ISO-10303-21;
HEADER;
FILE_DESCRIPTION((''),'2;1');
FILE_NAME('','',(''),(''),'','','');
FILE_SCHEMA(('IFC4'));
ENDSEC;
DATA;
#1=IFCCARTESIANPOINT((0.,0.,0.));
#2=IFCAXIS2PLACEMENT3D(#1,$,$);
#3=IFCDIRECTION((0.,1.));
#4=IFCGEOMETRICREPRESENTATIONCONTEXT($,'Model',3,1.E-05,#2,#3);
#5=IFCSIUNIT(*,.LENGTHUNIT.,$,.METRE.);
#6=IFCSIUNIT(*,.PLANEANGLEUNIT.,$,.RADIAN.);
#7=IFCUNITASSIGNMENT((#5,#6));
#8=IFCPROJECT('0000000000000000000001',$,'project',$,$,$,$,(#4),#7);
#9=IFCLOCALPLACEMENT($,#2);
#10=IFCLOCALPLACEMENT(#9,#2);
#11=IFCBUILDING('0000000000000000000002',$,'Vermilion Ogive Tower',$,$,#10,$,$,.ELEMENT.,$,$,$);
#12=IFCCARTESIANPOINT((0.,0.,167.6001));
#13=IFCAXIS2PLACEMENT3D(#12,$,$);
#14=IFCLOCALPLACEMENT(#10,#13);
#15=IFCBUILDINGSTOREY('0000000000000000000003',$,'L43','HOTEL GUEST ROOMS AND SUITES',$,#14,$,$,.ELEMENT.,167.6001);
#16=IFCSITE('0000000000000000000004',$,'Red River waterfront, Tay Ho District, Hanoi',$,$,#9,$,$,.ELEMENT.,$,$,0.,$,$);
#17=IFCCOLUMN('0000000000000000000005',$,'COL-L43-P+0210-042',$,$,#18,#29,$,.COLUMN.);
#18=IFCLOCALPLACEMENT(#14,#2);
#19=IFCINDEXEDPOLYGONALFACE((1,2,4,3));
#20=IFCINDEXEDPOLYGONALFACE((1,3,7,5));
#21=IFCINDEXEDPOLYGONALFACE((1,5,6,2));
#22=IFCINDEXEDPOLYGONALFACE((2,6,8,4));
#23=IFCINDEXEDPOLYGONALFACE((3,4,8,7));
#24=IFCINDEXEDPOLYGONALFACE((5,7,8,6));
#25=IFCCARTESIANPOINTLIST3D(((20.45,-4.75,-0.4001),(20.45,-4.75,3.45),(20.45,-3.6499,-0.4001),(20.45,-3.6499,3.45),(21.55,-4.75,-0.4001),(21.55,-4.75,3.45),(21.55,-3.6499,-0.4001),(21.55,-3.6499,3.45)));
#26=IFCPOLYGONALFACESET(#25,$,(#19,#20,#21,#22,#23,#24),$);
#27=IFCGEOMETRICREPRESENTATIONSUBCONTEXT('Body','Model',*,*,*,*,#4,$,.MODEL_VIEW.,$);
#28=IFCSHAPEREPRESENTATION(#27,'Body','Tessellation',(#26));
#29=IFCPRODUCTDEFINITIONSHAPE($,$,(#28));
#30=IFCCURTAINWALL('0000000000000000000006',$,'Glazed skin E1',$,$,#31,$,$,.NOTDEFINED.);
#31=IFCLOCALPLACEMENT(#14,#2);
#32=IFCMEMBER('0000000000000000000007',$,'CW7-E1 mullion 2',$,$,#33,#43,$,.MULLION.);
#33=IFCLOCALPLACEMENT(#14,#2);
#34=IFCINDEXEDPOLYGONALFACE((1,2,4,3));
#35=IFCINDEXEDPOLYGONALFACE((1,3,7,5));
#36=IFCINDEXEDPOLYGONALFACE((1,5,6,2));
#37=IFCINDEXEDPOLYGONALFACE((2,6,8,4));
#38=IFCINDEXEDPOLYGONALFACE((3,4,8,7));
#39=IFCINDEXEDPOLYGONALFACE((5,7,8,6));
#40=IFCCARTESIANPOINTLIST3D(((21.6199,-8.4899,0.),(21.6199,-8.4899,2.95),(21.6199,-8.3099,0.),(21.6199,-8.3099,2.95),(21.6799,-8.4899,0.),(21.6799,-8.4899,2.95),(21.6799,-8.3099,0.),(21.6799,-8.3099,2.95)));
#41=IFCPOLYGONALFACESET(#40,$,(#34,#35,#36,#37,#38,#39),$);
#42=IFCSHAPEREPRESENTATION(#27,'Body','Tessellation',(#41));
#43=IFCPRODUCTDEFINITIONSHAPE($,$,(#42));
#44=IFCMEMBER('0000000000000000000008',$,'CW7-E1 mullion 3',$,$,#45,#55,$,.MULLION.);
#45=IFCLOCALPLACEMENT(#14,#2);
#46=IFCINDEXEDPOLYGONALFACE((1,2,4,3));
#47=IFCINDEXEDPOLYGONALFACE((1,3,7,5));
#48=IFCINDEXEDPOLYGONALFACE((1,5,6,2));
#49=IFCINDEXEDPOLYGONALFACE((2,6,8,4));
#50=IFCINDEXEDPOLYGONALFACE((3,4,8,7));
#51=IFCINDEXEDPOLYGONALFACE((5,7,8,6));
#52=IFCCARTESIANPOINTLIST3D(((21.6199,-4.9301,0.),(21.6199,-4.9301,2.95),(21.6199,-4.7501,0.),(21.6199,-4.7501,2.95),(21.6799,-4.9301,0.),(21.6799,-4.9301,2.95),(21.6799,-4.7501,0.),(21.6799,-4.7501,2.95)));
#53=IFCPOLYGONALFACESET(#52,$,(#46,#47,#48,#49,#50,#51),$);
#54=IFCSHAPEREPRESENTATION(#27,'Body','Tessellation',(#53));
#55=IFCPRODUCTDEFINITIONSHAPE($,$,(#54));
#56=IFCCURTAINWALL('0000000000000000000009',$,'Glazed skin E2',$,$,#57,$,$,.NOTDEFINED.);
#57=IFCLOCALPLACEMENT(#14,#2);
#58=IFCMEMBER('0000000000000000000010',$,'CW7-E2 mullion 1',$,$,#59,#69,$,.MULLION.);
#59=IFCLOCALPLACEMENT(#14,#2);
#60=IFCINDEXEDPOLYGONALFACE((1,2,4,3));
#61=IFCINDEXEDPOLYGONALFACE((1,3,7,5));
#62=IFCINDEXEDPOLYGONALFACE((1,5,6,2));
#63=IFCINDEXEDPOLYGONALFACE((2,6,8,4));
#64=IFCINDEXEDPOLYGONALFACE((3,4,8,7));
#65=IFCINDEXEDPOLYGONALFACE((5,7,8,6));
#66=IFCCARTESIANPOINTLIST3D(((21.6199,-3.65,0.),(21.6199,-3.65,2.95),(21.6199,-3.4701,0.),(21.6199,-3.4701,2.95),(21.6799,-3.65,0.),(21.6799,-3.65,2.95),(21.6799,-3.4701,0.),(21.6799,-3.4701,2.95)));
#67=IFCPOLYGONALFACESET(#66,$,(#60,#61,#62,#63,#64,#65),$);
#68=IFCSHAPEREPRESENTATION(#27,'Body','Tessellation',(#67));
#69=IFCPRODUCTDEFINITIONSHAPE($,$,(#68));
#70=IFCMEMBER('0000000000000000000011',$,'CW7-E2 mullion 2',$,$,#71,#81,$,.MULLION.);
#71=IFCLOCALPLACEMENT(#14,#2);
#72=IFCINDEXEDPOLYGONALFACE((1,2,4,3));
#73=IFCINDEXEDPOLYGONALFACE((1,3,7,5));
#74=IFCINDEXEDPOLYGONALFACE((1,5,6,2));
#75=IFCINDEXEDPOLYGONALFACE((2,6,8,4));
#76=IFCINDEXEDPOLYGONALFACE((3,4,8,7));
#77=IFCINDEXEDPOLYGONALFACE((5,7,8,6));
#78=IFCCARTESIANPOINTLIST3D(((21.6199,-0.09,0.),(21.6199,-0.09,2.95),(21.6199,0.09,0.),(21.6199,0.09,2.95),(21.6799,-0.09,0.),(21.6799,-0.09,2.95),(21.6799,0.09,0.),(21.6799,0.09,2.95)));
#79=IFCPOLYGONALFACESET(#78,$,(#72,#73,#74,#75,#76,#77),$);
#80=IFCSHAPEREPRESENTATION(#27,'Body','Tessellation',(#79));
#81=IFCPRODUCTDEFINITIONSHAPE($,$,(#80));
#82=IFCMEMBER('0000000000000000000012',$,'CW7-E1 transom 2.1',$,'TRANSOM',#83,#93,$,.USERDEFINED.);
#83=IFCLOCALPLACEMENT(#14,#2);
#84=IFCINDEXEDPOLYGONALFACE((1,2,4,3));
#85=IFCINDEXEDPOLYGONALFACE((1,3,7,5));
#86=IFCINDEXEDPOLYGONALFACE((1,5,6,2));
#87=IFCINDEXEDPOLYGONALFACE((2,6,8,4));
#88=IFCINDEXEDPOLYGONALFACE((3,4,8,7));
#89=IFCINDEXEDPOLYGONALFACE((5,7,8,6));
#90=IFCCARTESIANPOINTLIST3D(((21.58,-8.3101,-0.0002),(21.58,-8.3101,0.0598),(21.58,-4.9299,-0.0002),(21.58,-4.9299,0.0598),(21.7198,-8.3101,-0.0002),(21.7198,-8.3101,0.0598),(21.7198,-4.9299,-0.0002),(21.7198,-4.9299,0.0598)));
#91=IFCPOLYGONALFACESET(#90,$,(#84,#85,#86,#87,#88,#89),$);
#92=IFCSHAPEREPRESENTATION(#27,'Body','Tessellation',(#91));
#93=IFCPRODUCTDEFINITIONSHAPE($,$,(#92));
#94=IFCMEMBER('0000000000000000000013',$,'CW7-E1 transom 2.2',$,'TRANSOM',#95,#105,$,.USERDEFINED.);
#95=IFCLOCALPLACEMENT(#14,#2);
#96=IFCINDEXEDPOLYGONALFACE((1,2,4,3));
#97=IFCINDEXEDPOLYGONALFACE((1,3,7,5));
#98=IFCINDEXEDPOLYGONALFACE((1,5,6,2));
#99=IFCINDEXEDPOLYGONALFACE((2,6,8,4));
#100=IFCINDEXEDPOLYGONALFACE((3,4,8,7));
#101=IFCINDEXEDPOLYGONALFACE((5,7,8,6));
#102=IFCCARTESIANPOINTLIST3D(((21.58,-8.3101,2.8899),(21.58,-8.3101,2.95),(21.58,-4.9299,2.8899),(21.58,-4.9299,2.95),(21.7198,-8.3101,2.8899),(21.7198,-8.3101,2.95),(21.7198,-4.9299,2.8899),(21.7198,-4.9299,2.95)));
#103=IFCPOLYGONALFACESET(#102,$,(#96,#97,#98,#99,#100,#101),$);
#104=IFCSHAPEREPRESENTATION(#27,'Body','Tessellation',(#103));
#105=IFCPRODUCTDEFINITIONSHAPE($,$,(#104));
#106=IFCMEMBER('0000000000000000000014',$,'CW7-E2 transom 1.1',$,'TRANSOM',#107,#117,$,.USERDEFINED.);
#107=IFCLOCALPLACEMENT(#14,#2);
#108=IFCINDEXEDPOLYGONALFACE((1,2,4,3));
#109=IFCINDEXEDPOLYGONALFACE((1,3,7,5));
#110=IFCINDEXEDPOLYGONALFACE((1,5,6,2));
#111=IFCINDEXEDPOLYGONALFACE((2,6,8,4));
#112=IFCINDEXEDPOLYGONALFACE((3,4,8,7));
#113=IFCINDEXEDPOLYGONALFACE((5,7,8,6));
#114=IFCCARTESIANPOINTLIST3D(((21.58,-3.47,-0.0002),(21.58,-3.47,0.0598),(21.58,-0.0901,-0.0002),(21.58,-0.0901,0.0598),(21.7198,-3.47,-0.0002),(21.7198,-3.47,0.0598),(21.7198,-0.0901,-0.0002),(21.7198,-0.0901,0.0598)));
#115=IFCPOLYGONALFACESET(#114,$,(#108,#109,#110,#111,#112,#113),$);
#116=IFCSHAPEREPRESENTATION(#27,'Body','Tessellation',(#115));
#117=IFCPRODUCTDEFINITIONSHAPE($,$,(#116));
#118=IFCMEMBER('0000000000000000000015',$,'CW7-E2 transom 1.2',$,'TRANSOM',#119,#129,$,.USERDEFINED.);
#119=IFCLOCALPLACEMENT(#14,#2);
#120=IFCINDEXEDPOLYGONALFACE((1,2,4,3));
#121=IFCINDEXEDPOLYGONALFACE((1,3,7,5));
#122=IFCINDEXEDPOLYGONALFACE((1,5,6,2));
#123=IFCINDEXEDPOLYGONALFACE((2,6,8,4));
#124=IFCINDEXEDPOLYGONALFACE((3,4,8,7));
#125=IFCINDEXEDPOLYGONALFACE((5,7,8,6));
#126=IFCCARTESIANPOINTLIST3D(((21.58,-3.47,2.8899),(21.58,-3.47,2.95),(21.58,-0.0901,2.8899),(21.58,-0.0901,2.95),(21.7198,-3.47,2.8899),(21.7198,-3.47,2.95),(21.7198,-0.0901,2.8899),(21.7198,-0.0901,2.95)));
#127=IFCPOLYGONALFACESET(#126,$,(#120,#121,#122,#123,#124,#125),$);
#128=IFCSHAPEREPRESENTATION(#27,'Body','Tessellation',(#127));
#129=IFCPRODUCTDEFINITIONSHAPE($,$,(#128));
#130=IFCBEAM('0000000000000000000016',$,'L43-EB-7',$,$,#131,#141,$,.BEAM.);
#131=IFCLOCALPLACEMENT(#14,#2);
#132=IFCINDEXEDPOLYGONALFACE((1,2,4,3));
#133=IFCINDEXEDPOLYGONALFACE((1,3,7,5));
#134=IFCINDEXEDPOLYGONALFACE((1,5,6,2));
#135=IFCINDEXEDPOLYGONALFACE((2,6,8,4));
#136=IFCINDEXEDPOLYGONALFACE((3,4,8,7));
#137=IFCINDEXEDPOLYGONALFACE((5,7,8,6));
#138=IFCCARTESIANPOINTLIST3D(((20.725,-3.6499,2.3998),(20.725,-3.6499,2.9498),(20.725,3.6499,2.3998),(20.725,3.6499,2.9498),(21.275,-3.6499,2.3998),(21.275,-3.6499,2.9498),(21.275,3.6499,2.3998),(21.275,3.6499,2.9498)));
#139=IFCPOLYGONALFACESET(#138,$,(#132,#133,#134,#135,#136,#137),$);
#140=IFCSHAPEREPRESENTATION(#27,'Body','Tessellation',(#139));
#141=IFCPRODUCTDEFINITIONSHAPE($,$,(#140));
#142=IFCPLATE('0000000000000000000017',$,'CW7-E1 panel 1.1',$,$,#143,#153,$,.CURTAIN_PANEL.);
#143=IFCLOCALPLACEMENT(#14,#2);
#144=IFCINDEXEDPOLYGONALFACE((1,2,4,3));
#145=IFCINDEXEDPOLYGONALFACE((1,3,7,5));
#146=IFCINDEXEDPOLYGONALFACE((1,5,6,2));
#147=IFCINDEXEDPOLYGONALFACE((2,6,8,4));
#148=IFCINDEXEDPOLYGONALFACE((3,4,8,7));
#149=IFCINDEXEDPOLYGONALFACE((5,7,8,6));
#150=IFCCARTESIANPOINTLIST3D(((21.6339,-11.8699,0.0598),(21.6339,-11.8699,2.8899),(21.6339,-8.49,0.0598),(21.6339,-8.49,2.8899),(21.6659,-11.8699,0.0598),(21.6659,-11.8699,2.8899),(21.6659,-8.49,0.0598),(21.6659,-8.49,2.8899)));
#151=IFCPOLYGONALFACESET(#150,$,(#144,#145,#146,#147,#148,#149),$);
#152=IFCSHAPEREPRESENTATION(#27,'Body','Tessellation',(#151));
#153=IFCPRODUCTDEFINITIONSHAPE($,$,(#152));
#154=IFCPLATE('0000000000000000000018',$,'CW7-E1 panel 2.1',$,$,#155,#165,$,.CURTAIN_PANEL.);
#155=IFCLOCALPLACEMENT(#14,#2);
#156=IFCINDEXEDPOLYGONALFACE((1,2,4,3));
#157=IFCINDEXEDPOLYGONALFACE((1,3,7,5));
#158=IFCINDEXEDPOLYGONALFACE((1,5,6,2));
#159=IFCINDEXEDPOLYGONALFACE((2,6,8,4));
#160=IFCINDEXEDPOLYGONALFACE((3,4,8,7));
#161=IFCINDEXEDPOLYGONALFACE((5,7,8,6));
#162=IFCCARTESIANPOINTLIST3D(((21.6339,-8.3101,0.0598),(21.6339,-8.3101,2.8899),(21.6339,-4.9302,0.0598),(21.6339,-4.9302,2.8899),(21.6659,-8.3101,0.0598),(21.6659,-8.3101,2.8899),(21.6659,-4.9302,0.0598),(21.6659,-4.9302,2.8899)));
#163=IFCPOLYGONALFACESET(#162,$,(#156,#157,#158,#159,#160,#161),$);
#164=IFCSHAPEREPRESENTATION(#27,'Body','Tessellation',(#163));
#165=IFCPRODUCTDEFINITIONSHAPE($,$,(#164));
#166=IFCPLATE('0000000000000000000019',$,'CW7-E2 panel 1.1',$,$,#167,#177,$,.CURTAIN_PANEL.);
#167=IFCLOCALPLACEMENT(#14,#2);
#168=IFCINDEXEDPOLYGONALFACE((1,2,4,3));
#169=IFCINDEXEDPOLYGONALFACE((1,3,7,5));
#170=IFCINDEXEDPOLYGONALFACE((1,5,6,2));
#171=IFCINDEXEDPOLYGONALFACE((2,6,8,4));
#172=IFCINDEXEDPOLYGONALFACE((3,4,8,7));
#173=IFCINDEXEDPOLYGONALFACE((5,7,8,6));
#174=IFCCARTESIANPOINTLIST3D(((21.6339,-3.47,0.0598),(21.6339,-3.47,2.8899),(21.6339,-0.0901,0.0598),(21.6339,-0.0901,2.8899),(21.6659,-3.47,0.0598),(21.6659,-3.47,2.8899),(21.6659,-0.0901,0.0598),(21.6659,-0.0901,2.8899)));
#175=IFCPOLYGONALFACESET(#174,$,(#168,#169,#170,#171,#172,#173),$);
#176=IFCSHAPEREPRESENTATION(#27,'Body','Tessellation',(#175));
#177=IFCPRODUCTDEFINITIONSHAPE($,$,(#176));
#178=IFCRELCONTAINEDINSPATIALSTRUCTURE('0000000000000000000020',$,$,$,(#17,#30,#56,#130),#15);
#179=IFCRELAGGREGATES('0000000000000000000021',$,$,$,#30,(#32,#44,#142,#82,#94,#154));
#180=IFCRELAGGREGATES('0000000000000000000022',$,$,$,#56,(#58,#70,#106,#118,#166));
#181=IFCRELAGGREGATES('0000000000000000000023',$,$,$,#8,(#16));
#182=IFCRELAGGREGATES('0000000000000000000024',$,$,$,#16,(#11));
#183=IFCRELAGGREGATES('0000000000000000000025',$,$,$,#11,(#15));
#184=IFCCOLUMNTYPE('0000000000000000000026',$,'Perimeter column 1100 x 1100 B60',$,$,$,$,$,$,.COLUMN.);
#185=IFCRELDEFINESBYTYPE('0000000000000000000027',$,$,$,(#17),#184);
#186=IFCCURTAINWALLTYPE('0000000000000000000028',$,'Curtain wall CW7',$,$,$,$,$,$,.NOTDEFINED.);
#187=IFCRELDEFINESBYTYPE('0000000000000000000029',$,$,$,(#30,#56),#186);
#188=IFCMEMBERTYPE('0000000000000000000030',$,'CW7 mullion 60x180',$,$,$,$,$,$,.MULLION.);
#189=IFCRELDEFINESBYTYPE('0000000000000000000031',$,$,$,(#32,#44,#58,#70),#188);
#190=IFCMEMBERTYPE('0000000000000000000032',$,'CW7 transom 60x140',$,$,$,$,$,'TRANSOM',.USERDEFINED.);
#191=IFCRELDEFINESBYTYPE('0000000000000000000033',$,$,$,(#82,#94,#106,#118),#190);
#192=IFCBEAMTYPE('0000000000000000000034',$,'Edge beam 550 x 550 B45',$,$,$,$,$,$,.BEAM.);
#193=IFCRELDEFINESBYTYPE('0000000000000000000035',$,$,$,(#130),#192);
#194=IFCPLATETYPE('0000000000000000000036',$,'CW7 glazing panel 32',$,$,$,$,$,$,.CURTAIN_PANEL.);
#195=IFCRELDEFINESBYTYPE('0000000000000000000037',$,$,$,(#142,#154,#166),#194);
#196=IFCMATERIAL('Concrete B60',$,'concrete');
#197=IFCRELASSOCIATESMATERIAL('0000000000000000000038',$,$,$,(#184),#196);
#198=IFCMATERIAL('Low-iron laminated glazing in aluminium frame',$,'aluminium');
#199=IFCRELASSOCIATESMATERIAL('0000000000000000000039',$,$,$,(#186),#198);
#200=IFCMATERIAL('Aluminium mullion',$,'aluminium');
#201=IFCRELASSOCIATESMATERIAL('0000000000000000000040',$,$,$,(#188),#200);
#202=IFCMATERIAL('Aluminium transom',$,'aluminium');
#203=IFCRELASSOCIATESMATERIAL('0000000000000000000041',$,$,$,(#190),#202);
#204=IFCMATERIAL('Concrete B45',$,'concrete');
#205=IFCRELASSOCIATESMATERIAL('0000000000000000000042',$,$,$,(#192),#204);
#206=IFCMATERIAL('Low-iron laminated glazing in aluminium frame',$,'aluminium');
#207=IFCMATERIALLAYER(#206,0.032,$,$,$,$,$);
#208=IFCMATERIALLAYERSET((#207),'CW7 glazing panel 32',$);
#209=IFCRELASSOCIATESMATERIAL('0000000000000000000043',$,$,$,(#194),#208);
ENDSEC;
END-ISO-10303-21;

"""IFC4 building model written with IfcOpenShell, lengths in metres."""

from ifc_helpers import new_model, si_unit, direction, frame, origin, origin_2d, place, context, subcontext, project, spatial, rectangle, extrude, material, layer, layer_set, material_profile, profile_set, type_object, element, aggregate, save


model = new_model("IFC4")

# Units and contexts
model_context = context("Model", 3, precision=1e-05, world=origin(), true_north=direction((0.0, 1.0)))
body_context = subcontext(model_context, "Body", "Model", "MODEL_VIEW")
ifc_project = project(units=[si_unit("LENGTHUNIT", "METRE"), si_unit("PLANEANGLEUNIT", "RADIAN")], contexts=[model_context])

# Site, building, storey
site_placement = place(None, origin())
site = spatial("IfcSite", under=ifc_project, at=site_placement, Name="Red River waterfront, Tay Ho District, Hanoi", CompositionType="ELEMENT", RefElevation=0.0)
building_placement = place(site_placement, origin())
building = spatial("IfcBuilding", under=site, at=building_placement, Name="Vermilion Ogive Tower", CompositionType="ELEMENT")
storey_placement = place(building_placement, frame((0.0, 0.0, 167.6001)))
storey = spatial("IfcBuildingStorey", under=building, at=storey_placement, Name="L43", Description="HOTEL GUEST ROOMS AND SUITES", CompositionType="ELEMENT", Elevation=167.6001)

# Column
ifc_material_1 = material(Name="Concrete B60", Category="concrete")
ifc_material_profile_1 = material_profile(ifc_material_1, rectangle(XDim=1.1001, YDim=1.1001, at=origin_2d()), Name="1100 x 1100")
ifc_profile_set_1 = profile_set([ifc_material_profile_1], Name="Concrete B60")
column_type = type_object("IfcColumnType", Name="Perimeter column 1100 x 1100 B60", PredefinedType="COLUMN", material=ifc_profile_set_1)
column_placement = place(storey_placement, frame((21.0, -4.2, -0.4001), z_axis=(0.0, 0.0, 1.0), x_axis=(1.0, 0.0, 0.0)))
element("IfcColumn", 1, at=column_placement, inside=storey, type_object=column_type, Name="COL-L43-P+0210-042", PredefinedType="COLUMN", context=body_context, shape_type="SweptSolid", body=[
    extrude(rectangle(XDim=1.1001, YDim=1.1001, at=origin_2d()), origin(), (0.0, 0.0, 1.0), 3.8501),
])

# Curtain walls, members
ifc_material_2 = material(Name="Low-iron laminated glazing in aluminium frame", Category="aluminium")
curtain_wall_type = type_object("IfcCurtainWallType", Name="Curtain wall CW7", PredefinedType="NOTDEFINED", material=ifc_material_2)
curtain_wall_1_placement = place(storey_placement, origin())
curtain_wall_1 = element("IfcCurtainWall", 2, at=curtain_wall_1_placement, inside=storey, type_object=curtain_wall_type, Name="Glazed skin E1", PredefinedType="NOTDEFINED")
ifc_material_3 = material(Name="Aluminium mullion", Category="aluminium")
ifc_material_profile_2 = material_profile(ifc_material_3, rectangle(XDim=0.0601, YDim=0.1799, at=origin_2d()), Name="AL 60x180")
ifc_profile_set_2 = profile_set([ifc_material_profile_2], Name="Aluminium mullion")
member_type_1 = type_object("IfcMemberType", Name="CW7 mullion 60x180", PredefinedType="MULLION", material=ifc_profile_set_2)
member_1_placement = place(storey_placement, frame((21.6499, -8.3999, 0.0), z_axis=(0.0, 0.0, 1.0), x_axis=(-1.0, 0.0, 0.0)))
member_1 = element("IfcMember", 3, at=member_1_placement, type_object=member_type_1, Name="CW7-E1 mullion 2", PredefinedType="MULLION", context=body_context, shape_type="SweptSolid", body=[
    extrude(rectangle(XDim=0.0601, YDim=0.1799, at=origin_2d()), origin(), (0.0, 0.0, 1.0), 2.95),
])
member_2_placement = place(storey_placement, frame((21.6499, -4.8401, 0.0), z_axis=(0.0, 0.0, 1.0), x_axis=(-1.0, 0.0, 0.0)))
member_2 = element("IfcMember", 4, at=member_2_placement, type_object=member_type_1, Name="CW7-E1 mullion 3", PredefinedType="MULLION", context=body_context, shape_type="SweptSolid", body=[
    extrude(rectangle(XDim=0.0601, YDim=0.1799, at=origin_2d()), origin(), (0.0, 0.0, 1.0), 2.95),
])
curtain_wall_2_placement = place(storey_placement, origin())
curtain_wall_2 = element("IfcCurtainWall", 5, at=curtain_wall_2_placement, inside=storey, type_object=curtain_wall_type, Name="Glazed skin E2", PredefinedType="NOTDEFINED")
member_3_placement = place(storey_placement, frame((21.6499, -3.5601, 0.0), z_axis=(0.0, 0.0, 1.0), x_axis=(-1.0, 0.0, 0.0)))
member_3 = element("IfcMember", 6, at=member_3_placement, type_object=member_type_1, Name="CW7-E2 mullion 1", PredefinedType="MULLION", context=body_context, shape_type="SweptSolid", body=[
    extrude(rectangle(XDim=0.0601, YDim=0.1799, at=origin_2d()), origin(), (0.0, 0.0, 1.0), 2.95),
])
member_4_placement = place(storey_placement, frame((21.6499, 0.0, 0.0), z_axis=(0.0, 0.0, 1.0), x_axis=(-1.0, 0.0, 0.0)))
member_4 = element("IfcMember", 7, at=member_4_placement, type_object=member_type_1, Name="CW7-E2 mullion 2", PredefinedType="MULLION", context=body_context, shape_type="SweptSolid", body=[
    extrude(rectangle(XDim=0.0601, YDim=0.1799, at=origin_2d()), origin(), (0.0, 0.0, 1.0), 2.95),
])

# Members
ifc_material_4 = material(Name="Aluminium transom", Category="aluminium")
ifc_material_profile_3 = material_profile(ifc_material_4, rectangle(XDim=0.1399, YDim=0.0601, at=origin_2d()), Name="AL 60x140")
ifc_profile_set_3 = profile_set([ifc_material_profile_3], Name="Aluminium transom")
member_type_2 = type_object("IfcMemberType", Name="CW7 transom 60x140", ElementType="TRANSOM", PredefinedType="USERDEFINED", material=ifc_profile_set_3)
member_5_placement = place(storey_placement, frame((21.6499, -8.3101, 0.0298), z_axis=(0.0, 1.0, 0.0), x_axis=(-1.0, 0.0, 0.0)))
member_5 = element("IfcMember", 8, at=member_5_placement, type_object=member_type_2, Name="CW7-E1 transom 2.1", ObjectType="TRANSOM", PredefinedType="USERDEFINED", context=body_context, shape_type="SweptSolid", body=[
    extrude(rectangle(XDim=0.1399, YDim=0.0601, at=origin_2d()), origin(), (0.0, 0.0, 1.0), 3.3801),
])
member_6_placement = place(storey_placement, frame((21.6499, -8.3101, 2.9199), z_axis=(0.0, 1.0, 0.0), x_axis=(-1.0, 0.0, 0.0)))
member_6 = element("IfcMember", 9, at=member_6_placement, type_object=member_type_2, Name="CW7-E1 transom 2.2", ObjectType="TRANSOM", PredefinedType="USERDEFINED", context=body_context, shape_type="SweptSolid", body=[
    extrude(rectangle(XDim=0.1399, YDim=0.0601, at=origin_2d()), origin(), (0.0, 0.0, 1.0), 3.3801),
])
member_7_placement = place(storey_placement, frame((21.6499, -3.47, 0.0298), z_axis=(0.0, 1.0, 0.0), x_axis=(-1.0, 0.0, 0.0)))
member_7 = element("IfcMember", 10, at=member_7_placement, type_object=member_type_2, Name="CW7-E2 transom 1.1", ObjectType="TRANSOM", PredefinedType="USERDEFINED", context=body_context, shape_type="SweptSolid", body=[
    extrude(rectangle(XDim=0.1399, YDim=0.0601, at=origin_2d()), origin(), (0.0, 0.0, 1.0), 3.3799),
])
member_8_placement = place(storey_placement, frame((21.6499, -3.47, 2.9199), z_axis=(0.0, 1.0, 0.0), x_axis=(-1.0, 0.0, 0.0)))
member_8 = element("IfcMember", 11, at=member_8_placement, type_object=member_type_2, Name="CW7-E2 transom 1.2", ObjectType="TRANSOM", PredefinedType="USERDEFINED", context=body_context, shape_type="SweptSolid", body=[
    extrude(rectangle(XDim=0.1399, YDim=0.0601, at=origin_2d()), origin(), (0.0, 0.0, 1.0), 3.3799),
])

# Beam
ifc_material_5 = material(Name="Concrete B45", Category="concrete")
ifc_material_profile_4 = material_profile(ifc_material_5, rectangle(XDim=0.55, YDim=0.55, at=origin_2d()), Name="550 x 550")
ifc_profile_set_4 = profile_set([ifc_material_profile_4], Name="Concrete B45")
beam_type = type_object("IfcBeamType", Name="Edge beam 550 x 550 B45", PredefinedType="BEAM", material=ifc_profile_set_4)
beam_placement = place(storey_placement, frame((21.0, -3.6499, 2.6748), z_axis=(0.0, 1.0, 0.0), x_axis=(-1.0, 0.0, 0.0)))
element("IfcBeam", 12, at=beam_placement, inside=storey, type_object=beam_type, Name="L43-EB-7", PredefinedType="BEAM", context=body_context, shape_type="SweptSolid", body=[
    extrude(rectangle(XDim=0.55, YDim=0.55, at=origin_2d()), origin(), (0.0, 0.0, 1.0), 7.2998),
])

# Plates
ifc_material_6 = material(Name="Low-iron laminated glazing in aluminium frame", Category="aluminium")
ifc_layer_1 = layer(ifc_material_6, 0.032)
ifc_layer_set_1 = layer_set([ifc_layer_1], Name="CW7 glazing panel 32")
plate_type = type_object("IfcPlateType", Name="CW7 glazing panel 32", PredefinedType="CURTAIN_PANEL", material=ifc_layer_set_1)
plate_1_placement = place(storey_placement, frame((21.6499, -10.1799, 0.0598), z_axis=(0.0, 0.0, 1.0), x_axis=(0.0, 1.0, 0.0)))
plate_1 = element("IfcPlate", 13, at=plate_1_placement, type_object=plate_type, Name="CW7-E1 panel 1.1", PredefinedType="CURTAIN_PANEL", context=body_context, shape_type="SweptSolid", body=[
    extrude(rectangle(XDim=3.3799, YDim=0.032, at=origin_2d()), origin(), (0.0, 0.0, 1.0), 2.8301),
])
plate_2_placement = place(storey_placement, frame((21.6499, -6.6201, 0.0598), z_axis=(0.0, 0.0, 1.0), x_axis=(0.0, 1.0, 0.0)))
plate_2 = element("IfcPlate", 14, at=plate_2_placement, type_object=plate_type, Name="CW7-E1 panel 2.1", PredefinedType="CURTAIN_PANEL", context=body_context, shape_type="SweptSolid", body=[
    extrude(rectangle(XDim=3.3799, YDim=0.032, at=origin_2d()), origin(), (0.0, 0.0, 1.0), 2.8301),
])
aggregate(curtain_wall_1, [member_1, member_2, plate_1, member_5, member_6, plate_2])
plate_3_placement = place(storey_placement, frame((21.6499, -1.78, 0.0598), z_axis=(0.0, 0.0, 1.0), x_axis=(0.0, 1.0, 0.0)))
plate_3 = element("IfcPlate", 15, at=plate_3_placement, type_object=plate_type, Name="CW7-E2 panel 1.1", PredefinedType="CURTAIN_PANEL", context=body_context, shape_type="SweptSolid", body=[
    extrude(rectangle(XDim=3.3799, YDim=0.032, at=origin_2d()), origin(), (0.0, 0.0, 1.0), 2.8301),
])
aggregate(curtain_wall_2, [member_3, member_4, member_7, member_8, plate_3])

save(model, "model.ifc")
